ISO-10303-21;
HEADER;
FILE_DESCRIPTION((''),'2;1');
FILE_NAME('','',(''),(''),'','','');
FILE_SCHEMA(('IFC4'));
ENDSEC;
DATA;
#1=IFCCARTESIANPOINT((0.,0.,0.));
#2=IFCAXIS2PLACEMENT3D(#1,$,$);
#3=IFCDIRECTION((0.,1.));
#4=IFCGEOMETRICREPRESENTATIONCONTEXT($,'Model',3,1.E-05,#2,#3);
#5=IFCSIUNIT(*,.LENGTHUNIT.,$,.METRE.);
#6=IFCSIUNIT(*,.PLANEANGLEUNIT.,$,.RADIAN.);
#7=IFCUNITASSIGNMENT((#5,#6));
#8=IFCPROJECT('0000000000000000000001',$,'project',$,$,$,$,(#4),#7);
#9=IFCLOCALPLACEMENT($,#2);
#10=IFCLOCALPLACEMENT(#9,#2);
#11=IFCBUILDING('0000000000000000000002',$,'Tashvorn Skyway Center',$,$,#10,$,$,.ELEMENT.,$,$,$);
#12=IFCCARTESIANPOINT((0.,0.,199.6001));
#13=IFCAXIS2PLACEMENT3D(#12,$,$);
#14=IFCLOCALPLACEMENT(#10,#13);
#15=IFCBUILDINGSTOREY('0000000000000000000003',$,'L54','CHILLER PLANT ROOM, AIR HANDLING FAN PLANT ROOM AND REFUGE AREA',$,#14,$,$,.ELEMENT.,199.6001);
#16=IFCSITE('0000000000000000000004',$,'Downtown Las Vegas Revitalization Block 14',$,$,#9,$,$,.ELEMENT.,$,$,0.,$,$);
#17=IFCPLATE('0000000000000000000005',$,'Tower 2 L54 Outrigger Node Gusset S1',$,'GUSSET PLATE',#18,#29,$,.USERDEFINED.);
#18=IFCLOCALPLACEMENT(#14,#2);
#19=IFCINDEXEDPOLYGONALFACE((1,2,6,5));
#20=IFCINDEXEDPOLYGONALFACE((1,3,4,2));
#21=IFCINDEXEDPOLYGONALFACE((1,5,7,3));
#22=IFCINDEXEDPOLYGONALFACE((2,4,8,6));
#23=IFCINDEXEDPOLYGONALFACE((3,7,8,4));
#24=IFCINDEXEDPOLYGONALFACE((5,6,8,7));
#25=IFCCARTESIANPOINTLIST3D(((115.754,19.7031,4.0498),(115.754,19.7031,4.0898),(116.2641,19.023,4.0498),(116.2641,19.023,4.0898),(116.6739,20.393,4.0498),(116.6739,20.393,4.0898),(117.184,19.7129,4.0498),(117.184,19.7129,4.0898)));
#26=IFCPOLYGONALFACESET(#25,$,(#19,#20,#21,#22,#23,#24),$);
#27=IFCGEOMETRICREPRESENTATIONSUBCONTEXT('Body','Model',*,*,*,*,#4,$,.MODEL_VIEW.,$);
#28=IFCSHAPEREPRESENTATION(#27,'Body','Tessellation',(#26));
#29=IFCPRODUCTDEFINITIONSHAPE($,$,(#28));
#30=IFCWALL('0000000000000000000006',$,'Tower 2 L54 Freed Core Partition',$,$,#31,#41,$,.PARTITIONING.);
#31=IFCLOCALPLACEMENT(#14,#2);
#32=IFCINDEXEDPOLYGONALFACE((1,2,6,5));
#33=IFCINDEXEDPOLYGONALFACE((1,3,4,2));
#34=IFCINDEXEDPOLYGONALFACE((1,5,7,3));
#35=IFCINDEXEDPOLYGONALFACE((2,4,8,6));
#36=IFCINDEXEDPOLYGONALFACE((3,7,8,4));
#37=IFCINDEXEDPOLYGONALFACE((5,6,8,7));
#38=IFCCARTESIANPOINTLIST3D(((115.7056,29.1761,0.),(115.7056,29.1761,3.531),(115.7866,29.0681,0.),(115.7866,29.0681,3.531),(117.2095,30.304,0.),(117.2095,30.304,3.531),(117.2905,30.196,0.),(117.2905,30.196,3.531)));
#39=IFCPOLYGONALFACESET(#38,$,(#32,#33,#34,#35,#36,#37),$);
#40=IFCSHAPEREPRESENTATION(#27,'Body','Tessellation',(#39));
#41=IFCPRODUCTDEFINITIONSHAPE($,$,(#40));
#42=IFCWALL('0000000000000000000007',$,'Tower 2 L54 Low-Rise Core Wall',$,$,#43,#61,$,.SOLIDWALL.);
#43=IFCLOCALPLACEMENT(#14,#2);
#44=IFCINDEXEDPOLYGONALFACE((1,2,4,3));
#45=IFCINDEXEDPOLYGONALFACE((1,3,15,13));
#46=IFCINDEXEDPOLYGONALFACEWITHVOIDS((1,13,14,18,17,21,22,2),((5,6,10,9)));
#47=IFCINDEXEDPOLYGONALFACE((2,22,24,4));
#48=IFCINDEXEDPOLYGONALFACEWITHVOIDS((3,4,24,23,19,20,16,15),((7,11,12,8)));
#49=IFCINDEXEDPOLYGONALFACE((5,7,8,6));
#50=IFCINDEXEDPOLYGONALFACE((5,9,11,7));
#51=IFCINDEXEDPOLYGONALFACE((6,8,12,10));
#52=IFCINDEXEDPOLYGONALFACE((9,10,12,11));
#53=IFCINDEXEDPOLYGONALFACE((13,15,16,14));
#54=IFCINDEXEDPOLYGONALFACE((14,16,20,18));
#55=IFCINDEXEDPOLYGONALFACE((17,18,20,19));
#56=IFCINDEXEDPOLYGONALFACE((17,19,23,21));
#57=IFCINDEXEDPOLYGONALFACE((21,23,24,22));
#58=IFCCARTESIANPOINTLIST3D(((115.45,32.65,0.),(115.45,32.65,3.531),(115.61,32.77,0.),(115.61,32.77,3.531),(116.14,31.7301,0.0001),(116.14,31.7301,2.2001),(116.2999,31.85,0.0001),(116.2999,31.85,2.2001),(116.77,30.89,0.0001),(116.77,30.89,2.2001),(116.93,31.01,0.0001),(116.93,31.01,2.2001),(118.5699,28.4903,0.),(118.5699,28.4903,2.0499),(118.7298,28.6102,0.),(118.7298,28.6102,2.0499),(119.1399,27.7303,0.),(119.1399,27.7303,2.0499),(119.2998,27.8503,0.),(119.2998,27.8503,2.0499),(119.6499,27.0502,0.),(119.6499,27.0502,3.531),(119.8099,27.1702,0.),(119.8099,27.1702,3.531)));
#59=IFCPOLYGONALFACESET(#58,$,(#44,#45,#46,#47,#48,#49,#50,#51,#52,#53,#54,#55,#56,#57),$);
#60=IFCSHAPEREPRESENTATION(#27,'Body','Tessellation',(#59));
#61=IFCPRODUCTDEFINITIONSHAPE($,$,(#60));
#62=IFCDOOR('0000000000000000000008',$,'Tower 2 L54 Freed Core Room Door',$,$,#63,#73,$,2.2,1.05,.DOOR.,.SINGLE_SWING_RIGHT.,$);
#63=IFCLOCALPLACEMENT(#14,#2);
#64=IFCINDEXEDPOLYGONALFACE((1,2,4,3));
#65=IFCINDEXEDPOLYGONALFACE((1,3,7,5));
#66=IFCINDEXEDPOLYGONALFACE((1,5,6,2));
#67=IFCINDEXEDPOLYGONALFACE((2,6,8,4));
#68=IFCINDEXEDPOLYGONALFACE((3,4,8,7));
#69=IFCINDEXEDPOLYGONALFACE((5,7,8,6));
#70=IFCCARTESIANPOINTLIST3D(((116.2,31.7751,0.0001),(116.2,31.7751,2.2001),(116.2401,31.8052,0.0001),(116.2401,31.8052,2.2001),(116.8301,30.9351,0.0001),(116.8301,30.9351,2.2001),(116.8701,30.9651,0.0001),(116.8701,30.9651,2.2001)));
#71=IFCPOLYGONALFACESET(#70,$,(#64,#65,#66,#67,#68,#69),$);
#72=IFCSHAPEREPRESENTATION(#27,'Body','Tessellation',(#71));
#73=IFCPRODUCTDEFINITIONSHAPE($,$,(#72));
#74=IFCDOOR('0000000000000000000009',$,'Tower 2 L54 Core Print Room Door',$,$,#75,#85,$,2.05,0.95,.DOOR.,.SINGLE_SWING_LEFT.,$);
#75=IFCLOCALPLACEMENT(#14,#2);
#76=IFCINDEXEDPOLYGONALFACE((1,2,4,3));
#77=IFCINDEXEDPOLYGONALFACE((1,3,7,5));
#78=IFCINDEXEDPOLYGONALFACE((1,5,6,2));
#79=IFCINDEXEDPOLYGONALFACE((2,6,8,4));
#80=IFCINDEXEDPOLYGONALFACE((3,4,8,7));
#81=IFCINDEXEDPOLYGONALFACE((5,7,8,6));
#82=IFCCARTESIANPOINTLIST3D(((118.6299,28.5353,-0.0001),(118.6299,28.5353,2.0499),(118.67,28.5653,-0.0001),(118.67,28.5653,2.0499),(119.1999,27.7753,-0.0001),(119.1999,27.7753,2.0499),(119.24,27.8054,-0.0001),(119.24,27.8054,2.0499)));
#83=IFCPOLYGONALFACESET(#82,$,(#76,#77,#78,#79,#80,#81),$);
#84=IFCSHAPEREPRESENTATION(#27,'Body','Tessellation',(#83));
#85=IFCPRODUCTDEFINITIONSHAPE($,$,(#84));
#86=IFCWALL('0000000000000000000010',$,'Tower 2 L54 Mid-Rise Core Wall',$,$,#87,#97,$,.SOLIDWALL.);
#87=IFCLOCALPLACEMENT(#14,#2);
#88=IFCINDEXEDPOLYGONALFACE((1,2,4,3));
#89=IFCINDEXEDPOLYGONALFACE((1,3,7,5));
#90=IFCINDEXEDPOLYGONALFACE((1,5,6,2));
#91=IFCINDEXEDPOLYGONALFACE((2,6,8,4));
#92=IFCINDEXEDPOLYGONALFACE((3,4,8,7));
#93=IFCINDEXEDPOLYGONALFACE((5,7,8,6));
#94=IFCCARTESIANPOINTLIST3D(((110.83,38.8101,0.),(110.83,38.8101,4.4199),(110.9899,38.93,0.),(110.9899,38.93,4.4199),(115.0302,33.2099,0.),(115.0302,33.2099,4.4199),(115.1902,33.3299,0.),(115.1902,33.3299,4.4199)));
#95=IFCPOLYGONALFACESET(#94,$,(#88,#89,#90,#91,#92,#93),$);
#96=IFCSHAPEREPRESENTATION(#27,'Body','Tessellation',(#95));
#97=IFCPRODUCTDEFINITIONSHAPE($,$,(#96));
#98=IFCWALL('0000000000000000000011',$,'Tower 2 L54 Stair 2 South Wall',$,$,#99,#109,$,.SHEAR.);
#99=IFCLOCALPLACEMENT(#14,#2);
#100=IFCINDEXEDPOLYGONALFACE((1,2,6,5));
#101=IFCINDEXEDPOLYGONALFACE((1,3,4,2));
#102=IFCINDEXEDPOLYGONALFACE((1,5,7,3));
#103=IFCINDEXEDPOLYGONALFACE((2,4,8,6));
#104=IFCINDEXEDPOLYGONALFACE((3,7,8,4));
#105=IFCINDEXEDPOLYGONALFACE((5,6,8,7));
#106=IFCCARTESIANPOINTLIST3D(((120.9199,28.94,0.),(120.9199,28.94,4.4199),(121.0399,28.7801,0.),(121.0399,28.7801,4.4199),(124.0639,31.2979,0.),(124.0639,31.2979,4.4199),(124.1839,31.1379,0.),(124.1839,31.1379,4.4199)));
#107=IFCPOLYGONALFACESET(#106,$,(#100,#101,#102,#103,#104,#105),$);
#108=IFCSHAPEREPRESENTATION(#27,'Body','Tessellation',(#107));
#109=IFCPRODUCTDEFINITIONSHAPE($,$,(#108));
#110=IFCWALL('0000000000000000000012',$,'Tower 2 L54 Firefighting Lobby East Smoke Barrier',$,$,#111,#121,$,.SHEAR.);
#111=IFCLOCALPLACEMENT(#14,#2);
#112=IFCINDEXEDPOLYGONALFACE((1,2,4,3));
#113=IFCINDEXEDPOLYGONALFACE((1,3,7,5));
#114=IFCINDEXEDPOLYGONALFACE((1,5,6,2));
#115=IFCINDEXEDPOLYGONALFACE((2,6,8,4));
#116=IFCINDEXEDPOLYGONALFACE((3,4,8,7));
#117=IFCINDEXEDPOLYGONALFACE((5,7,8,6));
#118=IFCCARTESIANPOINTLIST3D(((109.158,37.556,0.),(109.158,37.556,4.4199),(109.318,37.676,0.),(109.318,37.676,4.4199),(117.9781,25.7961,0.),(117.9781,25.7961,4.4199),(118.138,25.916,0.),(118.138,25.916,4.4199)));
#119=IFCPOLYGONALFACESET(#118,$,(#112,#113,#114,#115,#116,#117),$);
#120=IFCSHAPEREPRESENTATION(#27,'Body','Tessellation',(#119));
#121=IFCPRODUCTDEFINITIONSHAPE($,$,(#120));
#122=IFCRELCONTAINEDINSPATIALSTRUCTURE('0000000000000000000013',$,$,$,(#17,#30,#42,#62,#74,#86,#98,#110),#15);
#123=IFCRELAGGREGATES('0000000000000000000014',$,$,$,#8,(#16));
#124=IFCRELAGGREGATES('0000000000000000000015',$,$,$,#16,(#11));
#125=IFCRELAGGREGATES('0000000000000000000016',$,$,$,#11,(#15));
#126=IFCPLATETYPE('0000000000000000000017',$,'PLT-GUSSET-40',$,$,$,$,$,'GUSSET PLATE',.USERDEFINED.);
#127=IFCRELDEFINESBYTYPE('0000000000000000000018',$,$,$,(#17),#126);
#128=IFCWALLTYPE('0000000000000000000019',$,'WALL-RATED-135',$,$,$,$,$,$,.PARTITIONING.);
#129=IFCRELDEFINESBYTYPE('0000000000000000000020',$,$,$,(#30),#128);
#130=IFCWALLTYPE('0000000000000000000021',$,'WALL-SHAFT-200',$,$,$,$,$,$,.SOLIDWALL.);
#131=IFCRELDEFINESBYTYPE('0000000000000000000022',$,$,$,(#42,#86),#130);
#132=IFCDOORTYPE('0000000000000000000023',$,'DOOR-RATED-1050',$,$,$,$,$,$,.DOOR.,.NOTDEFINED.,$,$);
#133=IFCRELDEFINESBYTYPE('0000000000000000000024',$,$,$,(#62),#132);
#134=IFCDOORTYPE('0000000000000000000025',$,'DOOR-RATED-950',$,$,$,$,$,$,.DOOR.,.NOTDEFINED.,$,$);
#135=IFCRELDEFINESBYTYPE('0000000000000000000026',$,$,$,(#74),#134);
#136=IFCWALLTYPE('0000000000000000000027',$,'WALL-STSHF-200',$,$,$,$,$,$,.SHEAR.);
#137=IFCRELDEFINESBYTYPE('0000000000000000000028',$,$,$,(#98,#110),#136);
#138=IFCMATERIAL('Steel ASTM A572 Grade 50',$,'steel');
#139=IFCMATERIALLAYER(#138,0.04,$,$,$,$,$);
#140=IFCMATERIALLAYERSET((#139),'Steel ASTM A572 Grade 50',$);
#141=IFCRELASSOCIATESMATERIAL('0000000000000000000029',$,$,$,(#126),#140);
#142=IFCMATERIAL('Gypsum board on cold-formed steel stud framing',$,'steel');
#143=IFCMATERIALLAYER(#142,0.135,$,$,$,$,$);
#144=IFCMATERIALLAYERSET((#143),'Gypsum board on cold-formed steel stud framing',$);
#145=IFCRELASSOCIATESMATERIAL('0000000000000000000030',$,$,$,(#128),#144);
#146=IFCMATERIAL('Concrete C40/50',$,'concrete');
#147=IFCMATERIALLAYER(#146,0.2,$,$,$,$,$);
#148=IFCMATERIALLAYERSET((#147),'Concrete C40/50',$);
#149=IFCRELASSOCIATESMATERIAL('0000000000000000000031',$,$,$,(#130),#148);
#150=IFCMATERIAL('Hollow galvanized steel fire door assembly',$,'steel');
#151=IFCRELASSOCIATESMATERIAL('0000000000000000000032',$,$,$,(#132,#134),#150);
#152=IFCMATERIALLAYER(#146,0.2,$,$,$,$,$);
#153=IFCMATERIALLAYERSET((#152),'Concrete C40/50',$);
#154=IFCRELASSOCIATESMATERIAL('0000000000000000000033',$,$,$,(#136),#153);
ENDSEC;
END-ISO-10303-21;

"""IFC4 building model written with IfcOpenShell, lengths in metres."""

from ifc_helpers import new_model, si_unit, direction, frame, frame_2d, origin, origin_2d, place, context, subcontext, project, spatial, rectangle, extrude, material, layer, layer_set, type_object, element, fill, save


model = new_model("IFC4")

# Units and contexts
model_context = context("Model", 3, precision=1e-05, world=origin(), true_north=direction((0.0, 1.0)))
body_context = subcontext(model_context, "Body", "Model", "MODEL_VIEW")
ifc_project = project(units=[si_unit("LENGTHUNIT", "METRE"), si_unit("PLANEANGLEUNIT", "RADIAN")], contexts=[model_context])

# Site, building, storey
site_placement = place(None, origin())
site = spatial("IfcSite", under=ifc_project, at=site_placement, Name="Downtown Las Vegas Revitalization Block 14", CompositionType="ELEMENT", RefElevation=0.0)
building_placement = place(site_placement, origin())
building = spatial("IfcBuilding", under=site, at=building_placement, Name="Tashvorn Skyway Center", CompositionType="ELEMENT")
storey_placement = place(building_placement, frame((0.0, 0.0, 199.6001)))
storey = spatial("IfcBuildingStorey", under=building, at=storey_placement, Name="L54", Description="CHILLER PLANT ROOM, AIR HANDLING FAN PLANT ROOM AND REFUGE AREA", CompositionType="ELEMENT", Elevation=199.6001)

# Shared definitions
ifc_material_1 = material(Name="Steel ASTM A572 Grade 50", Category="steel")

# Plate
ifc_layer_1 = layer(ifc_material_1, 0.04)
ifc_layer_set_1 = layer_set([ifc_layer_1], Name="Steel ASTM A572 Grade 50")
plate_type_1 = type_object("IfcPlateType", Name="PLT-GUSSET-40", ElementType="GUSSET PLATE", PredefinedType="USERDEFINED", material=ifc_layer_set_1)
plate_1_placement = place(storey_placement, frame((116.469, 19.708, 4.0498), z_axis=(0.0, 0.0, 1.0), x_axis=(0.8, 0.6, 0.0)))
element("IfcPlate", 1, at=plate_1_placement, inside=storey, type_object=plate_type_1, Name="Tower 2 L54 Outrigger Node Gusset S1", ObjectType="GUSSET PLATE", PredefinedType="USERDEFINED", context=body_context, shape_type="SweptSolid", body=[
    extrude(rectangle(XDim=1.1499, YDim=0.8501, at=origin_2d()), origin(), (0.0, 0.0, 1.0), 0.04),
])

# Wall
ifc_material_2 = material(Name="Gypsum board on cold-formed steel stud framing", Category="steel")
ifc_layer_2 = layer(ifc_material_2, 0.135)
ifc_layer_set_2 = layer_set([ifc_layer_2], Name="Gypsum board on cold-formed steel stud framing")
wall_type_1 = type_object("IfcWallType", Name="WALL-RATED-135", PredefinedType="PARTITIONING", material=ifc_layer_set_2)
wall_1_placement = place(storey_placement, frame((115.7461, 29.1221, 0.0), z_axis=(0.0, 0.0, 1.0), x_axis=(0.8, 0.6, 0.0)))
element("IfcWall", 2, at=wall_1_placement, inside=storey, type_object=wall_type_1, Name="Tower 2 L54 Freed Core Partition", PredefinedType="PARTITIONING", context=body_context, shape_type="SweptSolid", body=[
    extrude(rectangle(XDim=1.8799, YDim=0.135, at=frame_2d((0.9399, 0.0))), origin(), (0.0, 0.0, 1.0), 3.531),
])

# Wall, openings, doors
ifc_material_3 = material(Name="Concrete C40/50", Category="concrete")
ifc_layer_3 = layer(ifc_material_3, 0.2)
ifc_layer_set_3 = layer_set([ifc_layer_3], Name="Concrete C40/50")
wall_type_2 = type_object("IfcWallType", Name="WALL-SHAFT-200", PredefinedType="SOLIDWALL", material=ifc_layer_set_3)
wall_2_placement = place(storey_placement, frame((119.73, 27.1101, 0.0), z_axis=(0.0, 0.0, 1.0), x_axis=(-0.600006, 0.799996, 0.0)))
wall_2 = element("IfcWall", 3, at=wall_2_placement, inside=storey, type_object=wall_type_2, Name="Tower 2 L54 Low-Rise Core Wall", PredefinedType="SOLIDWALL", context=body_context, shape_type="SweptSolid", body=[
    extrude(rectangle(XDim=6.9998, YDim=0.2, at=frame_2d((3.5, 0.0))), origin(), (0.0, 0.0, 1.0), 3.531),
])
opening_1_placement = place(wall_2_placement, frame((0.8501, 0.0, 0.0)))
opening_1 = element("IfcOpeningElement", 4, at=opening_1_placement, cuts=wall_2, PredefinedType="OPENING", context=body_context, shape_type="SweptSolid", body=[
    extrude(rectangle(XDim=0.95, YDim=2.05, at=frame_2d((0.4751, 1.0249))), frame((0.0, 0.1099, 0.0), z_axis=(0.0, -1.0, 0.0), x_axis=(1.0, 0.0, 0.0)), (0.0, 0.0, 1.0), 0.22),
])
opening_2_placement = place(wall_2_placement, frame((4.8, 0.0, 0.0)))
opening_2 = element("IfcOpeningElement", 5, at=opening_2_placement, cuts=wall_2, PredefinedType="OPENING", context=body_context, shape_type="SweptSolid", body=[
    extrude(rectangle(XDim=1.05, YDim=2.2, at=frame_2d((0.5249, 1.1001))), frame((0.0, 0.1099, 0.0), z_axis=(0.0, -1.0, 0.0), x_axis=(1.0, 0.0, 0.0)), (0.0, 0.0, 1.0), 0.22),
])
ifc_material_4 = material(Name="Hollow galvanized steel fire door assembly", Category="steel")
door_type_1 = type_object("IfcDoorType", Name="DOOR-RATED-1050", OperationType="NOTDEFINED", PredefinedType="DOOR", material=ifc_material_4)
door_1_placement = place(opening_2_placement, origin())
door_1 = element("IfcDoor", 6, at=door_1_placement, inside=storey, type_object=door_type_1, Name="Tower 2 L54 Freed Core Room Door", OperationType="SINGLE_SWING_RIGHT", OverallHeight=2.2, OverallWidth=1.05, PredefinedType="DOOR", context=body_context, shape_type="SweptSolid", body=[
    extrude(rectangle(XDim=1.05, YDim=2.2, at=frame_2d((0.5249, 1.1001))), frame((0.0, 0.0249, 0.0), z_axis=(0.0, -1.0, 0.0), x_axis=(1.0, 0.0, 0.0)), (0.0, 0.0, 1.0), 0.05),
])
fill(opening_2, door_1)
door_type_2 = type_object("IfcDoorType", Name="DOOR-RATED-950", OperationType="NOTDEFINED", PredefinedType="DOOR", material=ifc_material_4)
door_2_placement = place(opening_1_placement, origin())
door_2 = element("IfcDoor", 7, at=door_2_placement, inside=storey, type_object=door_type_2, Name="Tower 2 L54 Core Print Room Door", OperationType="SINGLE_SWING_LEFT", OverallHeight=2.05, OverallWidth=0.95, PredefinedType="DOOR", context=body_context, shape_type="SweptSolid", body=[
    extrude(rectangle(XDim=0.95, YDim=2.05, at=frame_2d((0.4751, 1.0249))), frame((0.0, 0.0249, 0.0), z_axis=(0.0, -1.0, 0.0), x_axis=(1.0, 0.0, 0.0)), (0.0, 0.0, 1.0), 0.05),
])
fill(opening_1, door_2)

# Walls
wall_3_placement = place(storey_placement, frame((115.1101, 33.27, 0.0), z_axis=(0.0, 0.0, 1.0), x_axis=(-0.600011, 0.799992, 0.0)))
element("IfcWall", 8, at=wall_3_placement, inside=storey, type_object=wall_type_2, Name="Tower 2 L54 Mid-Rise Core Wall", PredefinedType="SOLIDWALL", context=body_context, shape_type="SweptSolid", body=[
    extrude(rectangle(XDim=7.0002, YDim=0.2, at=frame_2d((3.5, 0.0))), origin(), (0.0, 0.0, 1.0), 4.4199),
])
ifc_layer_4 = layer(ifc_material_3, 0.2)
ifc_layer_set_4 = layer_set([ifc_layer_4], Name="Concrete C40/50")
wall_type_3 = type_object("IfcWallType", Name="WALL-STSHF-200", PredefinedType="SHEAR", material=ifc_layer_set_4)
wall_4_placement = place(storey_placement, frame((120.98, 28.8601, 0.0), z_axis=(0.0, 0.0, 1.0), x_axis=(0.800015, 0.59998, 0.0)))
element("IfcWall", 9, at=wall_4_placement, inside=storey, type_object=wall_type_3, Name="Tower 2 L54 Stair 2 South Wall", PredefinedType="SHEAR", context=body_context, shape_type="SweptSolid", body=[
    extrude(rectangle(XDim=3.9299, YDim=0.2, at=frame_2d((1.9648, 0.0))), origin(), (0.0, 0.0, 1.0), 4.4199),
])
wall_5_placement = place(storey_placement, frame((118.0581, 25.856, 0.0), z_axis=(0.0, 0.0, 1.0), x_axis=(-0.600003, 0.799998, 0.0)))
element("IfcWall", 10, at=wall_5_placement, inside=storey, type_object=wall_type_3, Name="Tower 2 L54 Firefighting Lobby East Smoke Barrier", PredefinedType="SHEAR", context=body_context, shape_type="SweptSolid", body=[
    extrude(rectangle(XDim=14.7, YDim=0.2, at=frame_2d((7.3501, 0.0))), origin(), (0.0, 0.0, 1.0), 4.4199),
])

save(model, "model.ifc")
